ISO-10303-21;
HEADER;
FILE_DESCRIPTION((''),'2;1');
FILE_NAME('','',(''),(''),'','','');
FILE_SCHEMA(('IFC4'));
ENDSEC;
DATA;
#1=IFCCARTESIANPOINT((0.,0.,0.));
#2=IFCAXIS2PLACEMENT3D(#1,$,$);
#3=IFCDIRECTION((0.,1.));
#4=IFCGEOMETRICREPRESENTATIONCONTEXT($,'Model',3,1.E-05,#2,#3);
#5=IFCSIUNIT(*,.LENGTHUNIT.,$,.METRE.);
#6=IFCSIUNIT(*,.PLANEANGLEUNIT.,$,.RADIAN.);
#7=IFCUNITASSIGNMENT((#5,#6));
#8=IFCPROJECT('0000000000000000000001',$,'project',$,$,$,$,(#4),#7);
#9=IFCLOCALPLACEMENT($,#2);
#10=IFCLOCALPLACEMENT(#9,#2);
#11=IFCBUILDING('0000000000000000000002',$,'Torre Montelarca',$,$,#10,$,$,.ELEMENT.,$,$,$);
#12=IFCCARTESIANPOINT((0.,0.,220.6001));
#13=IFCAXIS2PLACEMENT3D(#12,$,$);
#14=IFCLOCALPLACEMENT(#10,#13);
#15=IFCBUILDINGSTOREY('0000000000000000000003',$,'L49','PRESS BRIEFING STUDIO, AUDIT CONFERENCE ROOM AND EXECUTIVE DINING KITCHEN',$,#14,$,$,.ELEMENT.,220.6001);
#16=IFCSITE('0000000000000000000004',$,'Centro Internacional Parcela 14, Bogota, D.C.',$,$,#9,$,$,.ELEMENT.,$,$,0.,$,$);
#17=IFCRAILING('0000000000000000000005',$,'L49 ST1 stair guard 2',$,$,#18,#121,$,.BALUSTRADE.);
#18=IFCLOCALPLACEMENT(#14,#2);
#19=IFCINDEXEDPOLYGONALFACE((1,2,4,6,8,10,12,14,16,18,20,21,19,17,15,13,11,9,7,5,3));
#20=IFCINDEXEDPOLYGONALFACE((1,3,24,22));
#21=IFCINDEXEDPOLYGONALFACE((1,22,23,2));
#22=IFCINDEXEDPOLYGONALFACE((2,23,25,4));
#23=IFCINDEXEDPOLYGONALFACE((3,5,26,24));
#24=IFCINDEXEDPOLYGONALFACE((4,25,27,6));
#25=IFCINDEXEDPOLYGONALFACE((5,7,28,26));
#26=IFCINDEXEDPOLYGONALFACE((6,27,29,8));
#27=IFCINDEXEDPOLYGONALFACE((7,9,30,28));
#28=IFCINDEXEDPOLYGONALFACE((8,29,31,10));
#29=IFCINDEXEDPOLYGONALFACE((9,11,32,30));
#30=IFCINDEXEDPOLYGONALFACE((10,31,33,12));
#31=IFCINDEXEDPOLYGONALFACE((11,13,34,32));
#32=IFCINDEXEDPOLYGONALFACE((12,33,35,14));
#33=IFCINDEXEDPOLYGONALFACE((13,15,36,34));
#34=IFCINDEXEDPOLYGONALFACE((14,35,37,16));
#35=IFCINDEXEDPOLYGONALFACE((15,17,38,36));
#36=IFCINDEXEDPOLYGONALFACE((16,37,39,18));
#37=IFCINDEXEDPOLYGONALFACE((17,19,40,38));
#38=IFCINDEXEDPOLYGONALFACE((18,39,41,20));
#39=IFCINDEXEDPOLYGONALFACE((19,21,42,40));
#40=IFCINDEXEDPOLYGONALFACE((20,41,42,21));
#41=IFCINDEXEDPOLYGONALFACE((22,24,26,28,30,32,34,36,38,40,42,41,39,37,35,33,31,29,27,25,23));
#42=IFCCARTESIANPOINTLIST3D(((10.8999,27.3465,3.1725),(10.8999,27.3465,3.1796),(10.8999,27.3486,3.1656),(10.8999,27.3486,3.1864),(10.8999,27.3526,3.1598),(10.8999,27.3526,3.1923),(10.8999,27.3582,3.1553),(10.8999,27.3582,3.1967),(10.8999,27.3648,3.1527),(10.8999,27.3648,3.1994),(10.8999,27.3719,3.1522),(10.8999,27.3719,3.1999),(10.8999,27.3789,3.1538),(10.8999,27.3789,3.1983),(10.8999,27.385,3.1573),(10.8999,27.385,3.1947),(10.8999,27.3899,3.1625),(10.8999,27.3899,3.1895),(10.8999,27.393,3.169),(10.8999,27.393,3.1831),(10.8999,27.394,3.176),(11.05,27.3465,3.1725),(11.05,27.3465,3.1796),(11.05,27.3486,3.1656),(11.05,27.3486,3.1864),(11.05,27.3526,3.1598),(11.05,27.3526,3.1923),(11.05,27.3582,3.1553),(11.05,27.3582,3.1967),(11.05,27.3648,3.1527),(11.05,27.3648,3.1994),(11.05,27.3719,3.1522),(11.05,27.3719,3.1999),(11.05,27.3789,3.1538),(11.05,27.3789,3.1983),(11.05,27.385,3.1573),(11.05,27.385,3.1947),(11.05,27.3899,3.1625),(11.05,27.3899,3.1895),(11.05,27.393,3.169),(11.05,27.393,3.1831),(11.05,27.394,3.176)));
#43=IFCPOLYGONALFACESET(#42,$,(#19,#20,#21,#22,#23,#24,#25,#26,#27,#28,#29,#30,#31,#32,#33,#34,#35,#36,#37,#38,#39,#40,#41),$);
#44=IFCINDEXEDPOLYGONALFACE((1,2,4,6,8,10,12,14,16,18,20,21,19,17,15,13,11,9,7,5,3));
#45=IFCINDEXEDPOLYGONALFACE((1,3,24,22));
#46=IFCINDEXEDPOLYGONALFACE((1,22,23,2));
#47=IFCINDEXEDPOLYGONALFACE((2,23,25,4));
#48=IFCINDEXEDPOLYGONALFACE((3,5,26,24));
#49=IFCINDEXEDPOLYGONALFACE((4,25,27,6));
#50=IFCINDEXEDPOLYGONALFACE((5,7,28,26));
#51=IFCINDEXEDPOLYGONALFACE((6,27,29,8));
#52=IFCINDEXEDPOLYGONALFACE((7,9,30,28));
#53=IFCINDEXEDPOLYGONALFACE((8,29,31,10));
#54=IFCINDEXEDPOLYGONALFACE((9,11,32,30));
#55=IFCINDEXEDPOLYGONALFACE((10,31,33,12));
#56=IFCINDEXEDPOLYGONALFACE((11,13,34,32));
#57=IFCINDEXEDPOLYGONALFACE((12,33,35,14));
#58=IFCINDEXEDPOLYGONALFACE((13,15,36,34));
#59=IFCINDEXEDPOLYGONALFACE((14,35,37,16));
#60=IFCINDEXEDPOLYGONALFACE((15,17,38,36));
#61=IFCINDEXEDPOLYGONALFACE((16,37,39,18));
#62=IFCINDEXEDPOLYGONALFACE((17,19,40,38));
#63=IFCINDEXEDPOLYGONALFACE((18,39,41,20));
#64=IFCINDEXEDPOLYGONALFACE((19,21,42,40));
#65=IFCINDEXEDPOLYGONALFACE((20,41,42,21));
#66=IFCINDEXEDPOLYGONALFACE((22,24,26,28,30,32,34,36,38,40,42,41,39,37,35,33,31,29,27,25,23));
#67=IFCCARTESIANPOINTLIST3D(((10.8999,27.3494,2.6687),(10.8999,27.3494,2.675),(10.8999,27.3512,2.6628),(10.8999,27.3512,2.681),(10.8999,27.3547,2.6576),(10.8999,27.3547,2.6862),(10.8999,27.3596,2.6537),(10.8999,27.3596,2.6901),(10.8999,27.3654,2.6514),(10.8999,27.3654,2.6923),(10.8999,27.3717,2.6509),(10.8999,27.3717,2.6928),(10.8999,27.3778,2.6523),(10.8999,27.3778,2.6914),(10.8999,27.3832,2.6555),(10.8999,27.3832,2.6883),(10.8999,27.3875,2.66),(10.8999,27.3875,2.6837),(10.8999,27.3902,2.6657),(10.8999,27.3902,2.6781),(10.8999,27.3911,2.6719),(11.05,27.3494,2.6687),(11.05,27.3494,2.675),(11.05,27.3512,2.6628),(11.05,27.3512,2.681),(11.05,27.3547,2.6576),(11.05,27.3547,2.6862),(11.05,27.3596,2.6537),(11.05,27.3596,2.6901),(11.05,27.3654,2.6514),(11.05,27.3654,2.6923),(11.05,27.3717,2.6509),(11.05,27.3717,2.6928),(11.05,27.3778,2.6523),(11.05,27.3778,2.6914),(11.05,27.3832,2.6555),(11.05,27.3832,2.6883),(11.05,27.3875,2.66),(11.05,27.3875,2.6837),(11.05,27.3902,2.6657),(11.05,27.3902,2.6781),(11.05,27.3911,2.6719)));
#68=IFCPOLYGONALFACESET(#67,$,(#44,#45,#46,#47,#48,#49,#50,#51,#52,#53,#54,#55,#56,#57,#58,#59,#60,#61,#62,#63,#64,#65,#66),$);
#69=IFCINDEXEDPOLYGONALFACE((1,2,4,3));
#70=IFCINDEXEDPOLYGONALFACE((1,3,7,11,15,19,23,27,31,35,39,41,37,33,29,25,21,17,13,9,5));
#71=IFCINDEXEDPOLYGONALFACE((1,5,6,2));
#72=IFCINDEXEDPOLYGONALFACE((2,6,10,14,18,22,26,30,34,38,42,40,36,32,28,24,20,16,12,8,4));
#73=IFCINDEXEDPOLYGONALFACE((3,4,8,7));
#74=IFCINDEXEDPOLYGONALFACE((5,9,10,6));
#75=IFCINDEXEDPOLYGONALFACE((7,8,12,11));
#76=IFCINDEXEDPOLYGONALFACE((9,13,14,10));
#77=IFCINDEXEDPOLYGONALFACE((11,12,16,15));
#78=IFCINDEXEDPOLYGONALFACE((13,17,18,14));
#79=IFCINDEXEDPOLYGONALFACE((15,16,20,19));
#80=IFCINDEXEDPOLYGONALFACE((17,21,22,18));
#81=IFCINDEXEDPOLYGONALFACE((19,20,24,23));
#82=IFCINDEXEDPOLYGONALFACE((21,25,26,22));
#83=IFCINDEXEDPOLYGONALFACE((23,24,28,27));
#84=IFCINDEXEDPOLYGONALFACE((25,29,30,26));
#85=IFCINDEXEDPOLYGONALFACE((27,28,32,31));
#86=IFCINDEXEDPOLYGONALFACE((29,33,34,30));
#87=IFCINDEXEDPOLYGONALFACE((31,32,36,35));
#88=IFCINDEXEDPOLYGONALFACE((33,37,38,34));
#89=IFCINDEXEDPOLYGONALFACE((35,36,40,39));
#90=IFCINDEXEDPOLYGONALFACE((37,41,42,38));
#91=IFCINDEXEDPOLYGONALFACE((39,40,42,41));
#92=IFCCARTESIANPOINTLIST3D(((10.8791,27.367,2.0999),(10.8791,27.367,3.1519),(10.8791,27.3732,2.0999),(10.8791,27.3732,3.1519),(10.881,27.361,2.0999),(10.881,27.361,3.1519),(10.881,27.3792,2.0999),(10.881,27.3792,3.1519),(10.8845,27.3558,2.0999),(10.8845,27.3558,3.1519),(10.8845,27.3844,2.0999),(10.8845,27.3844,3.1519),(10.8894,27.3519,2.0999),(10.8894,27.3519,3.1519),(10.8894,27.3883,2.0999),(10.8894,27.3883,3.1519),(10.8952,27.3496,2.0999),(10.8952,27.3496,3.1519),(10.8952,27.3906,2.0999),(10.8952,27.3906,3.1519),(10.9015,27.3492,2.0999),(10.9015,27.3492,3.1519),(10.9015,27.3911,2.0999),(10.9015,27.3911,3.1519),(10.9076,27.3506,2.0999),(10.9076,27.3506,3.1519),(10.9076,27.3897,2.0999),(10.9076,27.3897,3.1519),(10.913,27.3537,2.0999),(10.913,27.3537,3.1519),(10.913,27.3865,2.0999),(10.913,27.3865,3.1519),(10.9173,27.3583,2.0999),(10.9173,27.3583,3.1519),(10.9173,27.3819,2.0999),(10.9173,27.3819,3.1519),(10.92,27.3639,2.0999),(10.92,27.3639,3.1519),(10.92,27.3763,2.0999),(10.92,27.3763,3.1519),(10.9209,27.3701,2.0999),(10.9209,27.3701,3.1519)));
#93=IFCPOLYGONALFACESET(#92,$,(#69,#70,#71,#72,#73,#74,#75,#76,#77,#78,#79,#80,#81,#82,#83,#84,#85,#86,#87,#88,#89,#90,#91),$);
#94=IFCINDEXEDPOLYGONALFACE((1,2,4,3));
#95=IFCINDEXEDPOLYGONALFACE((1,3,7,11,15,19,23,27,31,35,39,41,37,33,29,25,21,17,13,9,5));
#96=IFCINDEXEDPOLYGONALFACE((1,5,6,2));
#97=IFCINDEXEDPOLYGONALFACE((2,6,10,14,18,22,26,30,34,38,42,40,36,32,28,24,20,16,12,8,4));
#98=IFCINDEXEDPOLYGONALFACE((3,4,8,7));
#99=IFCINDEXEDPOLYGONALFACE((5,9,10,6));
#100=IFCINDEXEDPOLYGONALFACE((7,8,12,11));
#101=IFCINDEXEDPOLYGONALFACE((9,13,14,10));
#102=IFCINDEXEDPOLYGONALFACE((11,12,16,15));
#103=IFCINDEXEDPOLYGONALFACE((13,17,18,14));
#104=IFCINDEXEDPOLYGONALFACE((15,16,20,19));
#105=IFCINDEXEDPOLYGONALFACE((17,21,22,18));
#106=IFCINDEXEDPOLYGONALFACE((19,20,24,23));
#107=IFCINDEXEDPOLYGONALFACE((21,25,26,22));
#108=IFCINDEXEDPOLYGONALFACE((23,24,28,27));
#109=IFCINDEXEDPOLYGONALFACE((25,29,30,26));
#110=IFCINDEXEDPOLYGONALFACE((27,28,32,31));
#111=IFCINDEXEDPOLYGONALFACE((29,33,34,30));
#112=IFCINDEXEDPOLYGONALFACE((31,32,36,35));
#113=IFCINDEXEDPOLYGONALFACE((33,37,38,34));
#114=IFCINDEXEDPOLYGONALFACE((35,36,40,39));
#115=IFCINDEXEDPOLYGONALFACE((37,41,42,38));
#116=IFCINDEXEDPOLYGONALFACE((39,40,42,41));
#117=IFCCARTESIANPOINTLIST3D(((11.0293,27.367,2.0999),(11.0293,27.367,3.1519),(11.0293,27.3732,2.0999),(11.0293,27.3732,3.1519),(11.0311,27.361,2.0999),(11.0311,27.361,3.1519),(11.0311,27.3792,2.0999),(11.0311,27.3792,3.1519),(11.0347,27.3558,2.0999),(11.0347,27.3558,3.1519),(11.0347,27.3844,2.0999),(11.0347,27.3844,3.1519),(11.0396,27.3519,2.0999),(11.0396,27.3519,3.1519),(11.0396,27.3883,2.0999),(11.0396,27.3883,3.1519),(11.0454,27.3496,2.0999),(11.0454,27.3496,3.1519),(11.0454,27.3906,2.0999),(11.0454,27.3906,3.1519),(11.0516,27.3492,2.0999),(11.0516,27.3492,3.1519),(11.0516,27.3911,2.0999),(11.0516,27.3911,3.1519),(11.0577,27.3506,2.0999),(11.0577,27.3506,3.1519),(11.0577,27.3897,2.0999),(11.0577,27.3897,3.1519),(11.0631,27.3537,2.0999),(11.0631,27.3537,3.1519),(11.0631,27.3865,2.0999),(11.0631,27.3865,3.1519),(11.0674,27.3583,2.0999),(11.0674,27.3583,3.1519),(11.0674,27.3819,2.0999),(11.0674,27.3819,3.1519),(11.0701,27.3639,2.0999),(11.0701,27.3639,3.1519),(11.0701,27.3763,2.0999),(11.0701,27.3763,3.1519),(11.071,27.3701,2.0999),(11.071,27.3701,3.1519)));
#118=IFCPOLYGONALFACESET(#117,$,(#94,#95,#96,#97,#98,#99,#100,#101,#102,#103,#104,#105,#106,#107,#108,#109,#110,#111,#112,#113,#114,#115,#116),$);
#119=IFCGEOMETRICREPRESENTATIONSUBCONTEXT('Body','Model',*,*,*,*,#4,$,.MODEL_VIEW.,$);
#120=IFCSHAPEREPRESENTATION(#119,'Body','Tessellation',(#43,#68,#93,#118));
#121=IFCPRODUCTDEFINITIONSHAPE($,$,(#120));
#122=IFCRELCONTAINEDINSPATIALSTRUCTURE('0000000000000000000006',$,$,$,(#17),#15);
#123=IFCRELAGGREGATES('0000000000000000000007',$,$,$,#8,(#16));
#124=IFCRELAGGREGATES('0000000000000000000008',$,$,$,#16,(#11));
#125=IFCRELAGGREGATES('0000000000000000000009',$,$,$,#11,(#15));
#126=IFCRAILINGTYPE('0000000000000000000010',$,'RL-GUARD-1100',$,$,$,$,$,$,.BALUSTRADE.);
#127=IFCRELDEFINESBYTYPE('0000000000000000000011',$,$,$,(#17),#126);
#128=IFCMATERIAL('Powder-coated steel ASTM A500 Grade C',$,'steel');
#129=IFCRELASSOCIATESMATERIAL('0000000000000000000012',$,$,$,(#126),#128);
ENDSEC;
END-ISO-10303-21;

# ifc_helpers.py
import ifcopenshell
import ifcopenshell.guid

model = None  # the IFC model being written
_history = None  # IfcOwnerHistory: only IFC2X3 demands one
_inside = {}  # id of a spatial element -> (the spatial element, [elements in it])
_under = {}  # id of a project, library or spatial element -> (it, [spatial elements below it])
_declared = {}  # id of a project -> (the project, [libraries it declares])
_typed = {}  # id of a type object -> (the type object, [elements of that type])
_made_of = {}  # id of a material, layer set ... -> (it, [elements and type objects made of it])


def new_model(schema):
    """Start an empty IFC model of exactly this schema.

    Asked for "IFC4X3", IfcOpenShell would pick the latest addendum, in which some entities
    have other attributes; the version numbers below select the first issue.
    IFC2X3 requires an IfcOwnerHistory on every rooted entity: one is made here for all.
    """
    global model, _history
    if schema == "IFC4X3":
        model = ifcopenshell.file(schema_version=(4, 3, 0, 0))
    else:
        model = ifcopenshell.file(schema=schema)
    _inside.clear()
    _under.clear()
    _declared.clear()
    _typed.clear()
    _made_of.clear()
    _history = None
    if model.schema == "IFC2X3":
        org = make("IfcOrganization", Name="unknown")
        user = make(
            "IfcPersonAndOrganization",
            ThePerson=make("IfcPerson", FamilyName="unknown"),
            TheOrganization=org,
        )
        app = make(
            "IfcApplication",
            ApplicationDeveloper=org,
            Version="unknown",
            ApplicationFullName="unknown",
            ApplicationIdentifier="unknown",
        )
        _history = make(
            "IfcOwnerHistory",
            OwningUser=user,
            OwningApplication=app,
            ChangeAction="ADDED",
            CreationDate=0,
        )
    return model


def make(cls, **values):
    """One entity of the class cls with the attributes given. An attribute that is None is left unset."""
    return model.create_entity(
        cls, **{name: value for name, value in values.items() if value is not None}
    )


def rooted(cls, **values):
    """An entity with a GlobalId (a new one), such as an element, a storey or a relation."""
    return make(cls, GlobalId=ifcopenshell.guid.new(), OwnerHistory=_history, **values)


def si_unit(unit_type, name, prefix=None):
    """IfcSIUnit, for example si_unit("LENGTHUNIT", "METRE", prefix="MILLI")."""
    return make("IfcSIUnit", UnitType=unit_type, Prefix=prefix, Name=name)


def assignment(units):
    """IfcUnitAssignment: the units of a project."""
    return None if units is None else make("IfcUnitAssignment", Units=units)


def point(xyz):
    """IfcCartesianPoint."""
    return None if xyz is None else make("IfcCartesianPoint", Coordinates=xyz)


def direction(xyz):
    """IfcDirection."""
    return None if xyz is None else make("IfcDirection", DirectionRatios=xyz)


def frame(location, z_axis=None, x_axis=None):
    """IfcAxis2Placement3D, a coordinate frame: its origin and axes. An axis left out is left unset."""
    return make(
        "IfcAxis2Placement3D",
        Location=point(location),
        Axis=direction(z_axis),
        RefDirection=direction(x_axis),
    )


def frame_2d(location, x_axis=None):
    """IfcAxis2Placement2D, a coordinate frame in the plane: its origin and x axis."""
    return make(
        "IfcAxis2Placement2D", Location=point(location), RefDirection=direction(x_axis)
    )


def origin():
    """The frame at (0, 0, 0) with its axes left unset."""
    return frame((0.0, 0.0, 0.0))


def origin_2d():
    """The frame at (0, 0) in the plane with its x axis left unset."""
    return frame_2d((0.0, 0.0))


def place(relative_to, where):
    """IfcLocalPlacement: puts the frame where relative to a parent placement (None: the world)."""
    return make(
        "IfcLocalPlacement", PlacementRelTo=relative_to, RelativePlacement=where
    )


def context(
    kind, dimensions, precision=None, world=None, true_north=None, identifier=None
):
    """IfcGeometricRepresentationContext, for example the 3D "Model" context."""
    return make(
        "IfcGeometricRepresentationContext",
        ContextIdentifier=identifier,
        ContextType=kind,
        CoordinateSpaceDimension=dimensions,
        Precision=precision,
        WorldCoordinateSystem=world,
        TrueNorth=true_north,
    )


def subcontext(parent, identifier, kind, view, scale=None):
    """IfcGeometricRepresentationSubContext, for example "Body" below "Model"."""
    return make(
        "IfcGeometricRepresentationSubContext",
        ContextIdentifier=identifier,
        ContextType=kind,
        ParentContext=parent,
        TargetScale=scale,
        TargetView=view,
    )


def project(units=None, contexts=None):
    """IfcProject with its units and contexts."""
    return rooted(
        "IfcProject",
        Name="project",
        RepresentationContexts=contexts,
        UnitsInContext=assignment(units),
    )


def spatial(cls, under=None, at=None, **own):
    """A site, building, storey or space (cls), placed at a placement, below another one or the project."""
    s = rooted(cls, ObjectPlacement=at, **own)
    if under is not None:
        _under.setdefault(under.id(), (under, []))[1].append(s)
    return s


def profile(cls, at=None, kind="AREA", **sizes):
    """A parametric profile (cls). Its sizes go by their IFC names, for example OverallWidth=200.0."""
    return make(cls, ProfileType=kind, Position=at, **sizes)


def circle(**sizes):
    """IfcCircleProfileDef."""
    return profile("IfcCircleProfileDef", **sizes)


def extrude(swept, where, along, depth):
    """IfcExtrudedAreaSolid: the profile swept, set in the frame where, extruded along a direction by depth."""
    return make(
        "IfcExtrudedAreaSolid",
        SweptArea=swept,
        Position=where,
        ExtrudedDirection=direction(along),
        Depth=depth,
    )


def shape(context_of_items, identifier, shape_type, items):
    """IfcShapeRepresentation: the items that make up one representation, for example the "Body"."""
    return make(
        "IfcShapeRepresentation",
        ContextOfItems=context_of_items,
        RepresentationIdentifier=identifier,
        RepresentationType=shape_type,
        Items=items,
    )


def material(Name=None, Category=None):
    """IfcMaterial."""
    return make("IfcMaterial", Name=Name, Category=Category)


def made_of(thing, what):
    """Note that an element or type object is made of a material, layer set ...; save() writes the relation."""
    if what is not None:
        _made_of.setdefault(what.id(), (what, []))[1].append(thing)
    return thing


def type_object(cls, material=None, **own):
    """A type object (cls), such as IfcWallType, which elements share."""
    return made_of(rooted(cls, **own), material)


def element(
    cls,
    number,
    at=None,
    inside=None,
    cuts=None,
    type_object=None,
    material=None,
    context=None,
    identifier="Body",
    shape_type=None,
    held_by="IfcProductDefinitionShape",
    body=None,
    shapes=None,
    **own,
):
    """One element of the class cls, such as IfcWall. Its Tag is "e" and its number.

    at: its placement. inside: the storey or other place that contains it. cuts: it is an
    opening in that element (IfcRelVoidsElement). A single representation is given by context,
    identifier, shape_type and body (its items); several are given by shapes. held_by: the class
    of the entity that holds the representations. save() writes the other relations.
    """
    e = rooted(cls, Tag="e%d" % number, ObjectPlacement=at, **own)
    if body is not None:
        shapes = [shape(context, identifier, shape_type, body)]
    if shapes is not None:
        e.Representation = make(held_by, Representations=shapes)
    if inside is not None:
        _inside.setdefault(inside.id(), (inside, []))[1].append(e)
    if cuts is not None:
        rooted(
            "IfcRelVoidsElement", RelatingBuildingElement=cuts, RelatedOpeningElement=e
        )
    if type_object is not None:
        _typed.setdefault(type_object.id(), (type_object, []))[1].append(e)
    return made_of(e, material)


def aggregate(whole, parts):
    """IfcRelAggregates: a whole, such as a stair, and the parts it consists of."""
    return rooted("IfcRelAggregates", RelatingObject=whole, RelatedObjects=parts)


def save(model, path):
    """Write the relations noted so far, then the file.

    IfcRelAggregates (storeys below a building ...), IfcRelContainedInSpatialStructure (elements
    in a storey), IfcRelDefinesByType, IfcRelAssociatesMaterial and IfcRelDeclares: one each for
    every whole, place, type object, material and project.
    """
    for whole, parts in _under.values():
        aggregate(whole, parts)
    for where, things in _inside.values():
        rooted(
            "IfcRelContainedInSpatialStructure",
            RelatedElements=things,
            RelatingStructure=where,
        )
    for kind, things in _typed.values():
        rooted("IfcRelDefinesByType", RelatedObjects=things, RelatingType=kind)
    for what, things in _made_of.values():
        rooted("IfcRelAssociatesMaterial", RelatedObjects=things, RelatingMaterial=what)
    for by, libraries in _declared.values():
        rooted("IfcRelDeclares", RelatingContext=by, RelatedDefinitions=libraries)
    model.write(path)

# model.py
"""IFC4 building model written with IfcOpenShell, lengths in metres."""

from ifc_helpers import new_model, si_unit, direction, frame, origin, origin_2d, place, context, subcontext, project, spatial, circle, extrude, material, type_object, element, save


model = new_model("IFC4")

# Units and contexts
model_context = context("Model", 3, precision=1e-05, world=origin(), true_north=direction((0.0, 1.0)))
body_context = subcontext(model_context, "Body", "Model", "MODEL_VIEW")
ifc_project = project(units=[si_unit("LENGTHUNIT", "METRE"), si_unit("PLANEANGLEUNIT", "RADIAN")], contexts=[model_context])

# Site, building, storey
site_placement = place(None, origin())
site = spatial("IfcSite", under=ifc_project, at=site_placement, Name="Centro Internacional Parcela 14, Bogota, D.C.", CompositionType="ELEMENT", RefElevation=0.0)
building_placement = place(site_placement, origin())
building = spatial("IfcBuilding", under=site, at=building_placement, Name="Torre Montelarca", CompositionType="ELEMENT")
storey_placement = place(building_placement, frame((0.0, 0.0, 220.6001)))
storey = spatial("IfcBuildingStorey", under=building, at=storey_placement, Name="L49", Description="PRESS BRIEFING STUDIO, AUDIT CONFERENCE ROOM AND EXECUTIVE DINING KITCHEN", CompositionType="ELEMENT", Elevation=220.6001)

# Railing
ifc_material_1 = material(Name="Powder-coated steel ASTM A500 Grade C", Category="steel")
railing_type_1 = type_object("IfcRailingType", Name="RL-GUARD-1100", PredefinedType="BALUSTRADE", material=ifc_material_1)
railing_1_placement = place(storey_placement, frame((10.8999, 27.3701, 2.0999)))
element("IfcRailing", 1, at=railing_1_placement, inside=storey, type_object=railing_type_1, Name="L49 ST1 stair guard 2", PredefinedType="BALUSTRADE", context=body_context, shape_type="SweptSolid", body=[
    extrude(circle(Radius=0.0239, at=origin_2d()), frame((0.0, 0.0, 1.0762), z_axis=(1.0, 0.0, 0.0), x_axis=(0.0, 1.0, 0.0)), (0.0, 0.0, 1.0), 0.1501),
    extrude(circle(Radius=0.021, at=origin_2d()), frame((0.0, 0.0, 0.572), z_axis=(1.0, 0.0, 0.0), x_axis=(0.0, 1.0, 0.0)), (0.0, 0.0, 1.0), 0.1501),
    extrude(circle(Radius=0.021, at=origin_2d()), origin(), (0.0, 0.0, 1.0), 1.052),
    extrude(circle(Radius=0.021, at=origin_2d()), frame((0.1501, 0.0, 0.0)), (0.0, 0.0, 1.0), 1.052),
])

save(model, "model.ifc")
